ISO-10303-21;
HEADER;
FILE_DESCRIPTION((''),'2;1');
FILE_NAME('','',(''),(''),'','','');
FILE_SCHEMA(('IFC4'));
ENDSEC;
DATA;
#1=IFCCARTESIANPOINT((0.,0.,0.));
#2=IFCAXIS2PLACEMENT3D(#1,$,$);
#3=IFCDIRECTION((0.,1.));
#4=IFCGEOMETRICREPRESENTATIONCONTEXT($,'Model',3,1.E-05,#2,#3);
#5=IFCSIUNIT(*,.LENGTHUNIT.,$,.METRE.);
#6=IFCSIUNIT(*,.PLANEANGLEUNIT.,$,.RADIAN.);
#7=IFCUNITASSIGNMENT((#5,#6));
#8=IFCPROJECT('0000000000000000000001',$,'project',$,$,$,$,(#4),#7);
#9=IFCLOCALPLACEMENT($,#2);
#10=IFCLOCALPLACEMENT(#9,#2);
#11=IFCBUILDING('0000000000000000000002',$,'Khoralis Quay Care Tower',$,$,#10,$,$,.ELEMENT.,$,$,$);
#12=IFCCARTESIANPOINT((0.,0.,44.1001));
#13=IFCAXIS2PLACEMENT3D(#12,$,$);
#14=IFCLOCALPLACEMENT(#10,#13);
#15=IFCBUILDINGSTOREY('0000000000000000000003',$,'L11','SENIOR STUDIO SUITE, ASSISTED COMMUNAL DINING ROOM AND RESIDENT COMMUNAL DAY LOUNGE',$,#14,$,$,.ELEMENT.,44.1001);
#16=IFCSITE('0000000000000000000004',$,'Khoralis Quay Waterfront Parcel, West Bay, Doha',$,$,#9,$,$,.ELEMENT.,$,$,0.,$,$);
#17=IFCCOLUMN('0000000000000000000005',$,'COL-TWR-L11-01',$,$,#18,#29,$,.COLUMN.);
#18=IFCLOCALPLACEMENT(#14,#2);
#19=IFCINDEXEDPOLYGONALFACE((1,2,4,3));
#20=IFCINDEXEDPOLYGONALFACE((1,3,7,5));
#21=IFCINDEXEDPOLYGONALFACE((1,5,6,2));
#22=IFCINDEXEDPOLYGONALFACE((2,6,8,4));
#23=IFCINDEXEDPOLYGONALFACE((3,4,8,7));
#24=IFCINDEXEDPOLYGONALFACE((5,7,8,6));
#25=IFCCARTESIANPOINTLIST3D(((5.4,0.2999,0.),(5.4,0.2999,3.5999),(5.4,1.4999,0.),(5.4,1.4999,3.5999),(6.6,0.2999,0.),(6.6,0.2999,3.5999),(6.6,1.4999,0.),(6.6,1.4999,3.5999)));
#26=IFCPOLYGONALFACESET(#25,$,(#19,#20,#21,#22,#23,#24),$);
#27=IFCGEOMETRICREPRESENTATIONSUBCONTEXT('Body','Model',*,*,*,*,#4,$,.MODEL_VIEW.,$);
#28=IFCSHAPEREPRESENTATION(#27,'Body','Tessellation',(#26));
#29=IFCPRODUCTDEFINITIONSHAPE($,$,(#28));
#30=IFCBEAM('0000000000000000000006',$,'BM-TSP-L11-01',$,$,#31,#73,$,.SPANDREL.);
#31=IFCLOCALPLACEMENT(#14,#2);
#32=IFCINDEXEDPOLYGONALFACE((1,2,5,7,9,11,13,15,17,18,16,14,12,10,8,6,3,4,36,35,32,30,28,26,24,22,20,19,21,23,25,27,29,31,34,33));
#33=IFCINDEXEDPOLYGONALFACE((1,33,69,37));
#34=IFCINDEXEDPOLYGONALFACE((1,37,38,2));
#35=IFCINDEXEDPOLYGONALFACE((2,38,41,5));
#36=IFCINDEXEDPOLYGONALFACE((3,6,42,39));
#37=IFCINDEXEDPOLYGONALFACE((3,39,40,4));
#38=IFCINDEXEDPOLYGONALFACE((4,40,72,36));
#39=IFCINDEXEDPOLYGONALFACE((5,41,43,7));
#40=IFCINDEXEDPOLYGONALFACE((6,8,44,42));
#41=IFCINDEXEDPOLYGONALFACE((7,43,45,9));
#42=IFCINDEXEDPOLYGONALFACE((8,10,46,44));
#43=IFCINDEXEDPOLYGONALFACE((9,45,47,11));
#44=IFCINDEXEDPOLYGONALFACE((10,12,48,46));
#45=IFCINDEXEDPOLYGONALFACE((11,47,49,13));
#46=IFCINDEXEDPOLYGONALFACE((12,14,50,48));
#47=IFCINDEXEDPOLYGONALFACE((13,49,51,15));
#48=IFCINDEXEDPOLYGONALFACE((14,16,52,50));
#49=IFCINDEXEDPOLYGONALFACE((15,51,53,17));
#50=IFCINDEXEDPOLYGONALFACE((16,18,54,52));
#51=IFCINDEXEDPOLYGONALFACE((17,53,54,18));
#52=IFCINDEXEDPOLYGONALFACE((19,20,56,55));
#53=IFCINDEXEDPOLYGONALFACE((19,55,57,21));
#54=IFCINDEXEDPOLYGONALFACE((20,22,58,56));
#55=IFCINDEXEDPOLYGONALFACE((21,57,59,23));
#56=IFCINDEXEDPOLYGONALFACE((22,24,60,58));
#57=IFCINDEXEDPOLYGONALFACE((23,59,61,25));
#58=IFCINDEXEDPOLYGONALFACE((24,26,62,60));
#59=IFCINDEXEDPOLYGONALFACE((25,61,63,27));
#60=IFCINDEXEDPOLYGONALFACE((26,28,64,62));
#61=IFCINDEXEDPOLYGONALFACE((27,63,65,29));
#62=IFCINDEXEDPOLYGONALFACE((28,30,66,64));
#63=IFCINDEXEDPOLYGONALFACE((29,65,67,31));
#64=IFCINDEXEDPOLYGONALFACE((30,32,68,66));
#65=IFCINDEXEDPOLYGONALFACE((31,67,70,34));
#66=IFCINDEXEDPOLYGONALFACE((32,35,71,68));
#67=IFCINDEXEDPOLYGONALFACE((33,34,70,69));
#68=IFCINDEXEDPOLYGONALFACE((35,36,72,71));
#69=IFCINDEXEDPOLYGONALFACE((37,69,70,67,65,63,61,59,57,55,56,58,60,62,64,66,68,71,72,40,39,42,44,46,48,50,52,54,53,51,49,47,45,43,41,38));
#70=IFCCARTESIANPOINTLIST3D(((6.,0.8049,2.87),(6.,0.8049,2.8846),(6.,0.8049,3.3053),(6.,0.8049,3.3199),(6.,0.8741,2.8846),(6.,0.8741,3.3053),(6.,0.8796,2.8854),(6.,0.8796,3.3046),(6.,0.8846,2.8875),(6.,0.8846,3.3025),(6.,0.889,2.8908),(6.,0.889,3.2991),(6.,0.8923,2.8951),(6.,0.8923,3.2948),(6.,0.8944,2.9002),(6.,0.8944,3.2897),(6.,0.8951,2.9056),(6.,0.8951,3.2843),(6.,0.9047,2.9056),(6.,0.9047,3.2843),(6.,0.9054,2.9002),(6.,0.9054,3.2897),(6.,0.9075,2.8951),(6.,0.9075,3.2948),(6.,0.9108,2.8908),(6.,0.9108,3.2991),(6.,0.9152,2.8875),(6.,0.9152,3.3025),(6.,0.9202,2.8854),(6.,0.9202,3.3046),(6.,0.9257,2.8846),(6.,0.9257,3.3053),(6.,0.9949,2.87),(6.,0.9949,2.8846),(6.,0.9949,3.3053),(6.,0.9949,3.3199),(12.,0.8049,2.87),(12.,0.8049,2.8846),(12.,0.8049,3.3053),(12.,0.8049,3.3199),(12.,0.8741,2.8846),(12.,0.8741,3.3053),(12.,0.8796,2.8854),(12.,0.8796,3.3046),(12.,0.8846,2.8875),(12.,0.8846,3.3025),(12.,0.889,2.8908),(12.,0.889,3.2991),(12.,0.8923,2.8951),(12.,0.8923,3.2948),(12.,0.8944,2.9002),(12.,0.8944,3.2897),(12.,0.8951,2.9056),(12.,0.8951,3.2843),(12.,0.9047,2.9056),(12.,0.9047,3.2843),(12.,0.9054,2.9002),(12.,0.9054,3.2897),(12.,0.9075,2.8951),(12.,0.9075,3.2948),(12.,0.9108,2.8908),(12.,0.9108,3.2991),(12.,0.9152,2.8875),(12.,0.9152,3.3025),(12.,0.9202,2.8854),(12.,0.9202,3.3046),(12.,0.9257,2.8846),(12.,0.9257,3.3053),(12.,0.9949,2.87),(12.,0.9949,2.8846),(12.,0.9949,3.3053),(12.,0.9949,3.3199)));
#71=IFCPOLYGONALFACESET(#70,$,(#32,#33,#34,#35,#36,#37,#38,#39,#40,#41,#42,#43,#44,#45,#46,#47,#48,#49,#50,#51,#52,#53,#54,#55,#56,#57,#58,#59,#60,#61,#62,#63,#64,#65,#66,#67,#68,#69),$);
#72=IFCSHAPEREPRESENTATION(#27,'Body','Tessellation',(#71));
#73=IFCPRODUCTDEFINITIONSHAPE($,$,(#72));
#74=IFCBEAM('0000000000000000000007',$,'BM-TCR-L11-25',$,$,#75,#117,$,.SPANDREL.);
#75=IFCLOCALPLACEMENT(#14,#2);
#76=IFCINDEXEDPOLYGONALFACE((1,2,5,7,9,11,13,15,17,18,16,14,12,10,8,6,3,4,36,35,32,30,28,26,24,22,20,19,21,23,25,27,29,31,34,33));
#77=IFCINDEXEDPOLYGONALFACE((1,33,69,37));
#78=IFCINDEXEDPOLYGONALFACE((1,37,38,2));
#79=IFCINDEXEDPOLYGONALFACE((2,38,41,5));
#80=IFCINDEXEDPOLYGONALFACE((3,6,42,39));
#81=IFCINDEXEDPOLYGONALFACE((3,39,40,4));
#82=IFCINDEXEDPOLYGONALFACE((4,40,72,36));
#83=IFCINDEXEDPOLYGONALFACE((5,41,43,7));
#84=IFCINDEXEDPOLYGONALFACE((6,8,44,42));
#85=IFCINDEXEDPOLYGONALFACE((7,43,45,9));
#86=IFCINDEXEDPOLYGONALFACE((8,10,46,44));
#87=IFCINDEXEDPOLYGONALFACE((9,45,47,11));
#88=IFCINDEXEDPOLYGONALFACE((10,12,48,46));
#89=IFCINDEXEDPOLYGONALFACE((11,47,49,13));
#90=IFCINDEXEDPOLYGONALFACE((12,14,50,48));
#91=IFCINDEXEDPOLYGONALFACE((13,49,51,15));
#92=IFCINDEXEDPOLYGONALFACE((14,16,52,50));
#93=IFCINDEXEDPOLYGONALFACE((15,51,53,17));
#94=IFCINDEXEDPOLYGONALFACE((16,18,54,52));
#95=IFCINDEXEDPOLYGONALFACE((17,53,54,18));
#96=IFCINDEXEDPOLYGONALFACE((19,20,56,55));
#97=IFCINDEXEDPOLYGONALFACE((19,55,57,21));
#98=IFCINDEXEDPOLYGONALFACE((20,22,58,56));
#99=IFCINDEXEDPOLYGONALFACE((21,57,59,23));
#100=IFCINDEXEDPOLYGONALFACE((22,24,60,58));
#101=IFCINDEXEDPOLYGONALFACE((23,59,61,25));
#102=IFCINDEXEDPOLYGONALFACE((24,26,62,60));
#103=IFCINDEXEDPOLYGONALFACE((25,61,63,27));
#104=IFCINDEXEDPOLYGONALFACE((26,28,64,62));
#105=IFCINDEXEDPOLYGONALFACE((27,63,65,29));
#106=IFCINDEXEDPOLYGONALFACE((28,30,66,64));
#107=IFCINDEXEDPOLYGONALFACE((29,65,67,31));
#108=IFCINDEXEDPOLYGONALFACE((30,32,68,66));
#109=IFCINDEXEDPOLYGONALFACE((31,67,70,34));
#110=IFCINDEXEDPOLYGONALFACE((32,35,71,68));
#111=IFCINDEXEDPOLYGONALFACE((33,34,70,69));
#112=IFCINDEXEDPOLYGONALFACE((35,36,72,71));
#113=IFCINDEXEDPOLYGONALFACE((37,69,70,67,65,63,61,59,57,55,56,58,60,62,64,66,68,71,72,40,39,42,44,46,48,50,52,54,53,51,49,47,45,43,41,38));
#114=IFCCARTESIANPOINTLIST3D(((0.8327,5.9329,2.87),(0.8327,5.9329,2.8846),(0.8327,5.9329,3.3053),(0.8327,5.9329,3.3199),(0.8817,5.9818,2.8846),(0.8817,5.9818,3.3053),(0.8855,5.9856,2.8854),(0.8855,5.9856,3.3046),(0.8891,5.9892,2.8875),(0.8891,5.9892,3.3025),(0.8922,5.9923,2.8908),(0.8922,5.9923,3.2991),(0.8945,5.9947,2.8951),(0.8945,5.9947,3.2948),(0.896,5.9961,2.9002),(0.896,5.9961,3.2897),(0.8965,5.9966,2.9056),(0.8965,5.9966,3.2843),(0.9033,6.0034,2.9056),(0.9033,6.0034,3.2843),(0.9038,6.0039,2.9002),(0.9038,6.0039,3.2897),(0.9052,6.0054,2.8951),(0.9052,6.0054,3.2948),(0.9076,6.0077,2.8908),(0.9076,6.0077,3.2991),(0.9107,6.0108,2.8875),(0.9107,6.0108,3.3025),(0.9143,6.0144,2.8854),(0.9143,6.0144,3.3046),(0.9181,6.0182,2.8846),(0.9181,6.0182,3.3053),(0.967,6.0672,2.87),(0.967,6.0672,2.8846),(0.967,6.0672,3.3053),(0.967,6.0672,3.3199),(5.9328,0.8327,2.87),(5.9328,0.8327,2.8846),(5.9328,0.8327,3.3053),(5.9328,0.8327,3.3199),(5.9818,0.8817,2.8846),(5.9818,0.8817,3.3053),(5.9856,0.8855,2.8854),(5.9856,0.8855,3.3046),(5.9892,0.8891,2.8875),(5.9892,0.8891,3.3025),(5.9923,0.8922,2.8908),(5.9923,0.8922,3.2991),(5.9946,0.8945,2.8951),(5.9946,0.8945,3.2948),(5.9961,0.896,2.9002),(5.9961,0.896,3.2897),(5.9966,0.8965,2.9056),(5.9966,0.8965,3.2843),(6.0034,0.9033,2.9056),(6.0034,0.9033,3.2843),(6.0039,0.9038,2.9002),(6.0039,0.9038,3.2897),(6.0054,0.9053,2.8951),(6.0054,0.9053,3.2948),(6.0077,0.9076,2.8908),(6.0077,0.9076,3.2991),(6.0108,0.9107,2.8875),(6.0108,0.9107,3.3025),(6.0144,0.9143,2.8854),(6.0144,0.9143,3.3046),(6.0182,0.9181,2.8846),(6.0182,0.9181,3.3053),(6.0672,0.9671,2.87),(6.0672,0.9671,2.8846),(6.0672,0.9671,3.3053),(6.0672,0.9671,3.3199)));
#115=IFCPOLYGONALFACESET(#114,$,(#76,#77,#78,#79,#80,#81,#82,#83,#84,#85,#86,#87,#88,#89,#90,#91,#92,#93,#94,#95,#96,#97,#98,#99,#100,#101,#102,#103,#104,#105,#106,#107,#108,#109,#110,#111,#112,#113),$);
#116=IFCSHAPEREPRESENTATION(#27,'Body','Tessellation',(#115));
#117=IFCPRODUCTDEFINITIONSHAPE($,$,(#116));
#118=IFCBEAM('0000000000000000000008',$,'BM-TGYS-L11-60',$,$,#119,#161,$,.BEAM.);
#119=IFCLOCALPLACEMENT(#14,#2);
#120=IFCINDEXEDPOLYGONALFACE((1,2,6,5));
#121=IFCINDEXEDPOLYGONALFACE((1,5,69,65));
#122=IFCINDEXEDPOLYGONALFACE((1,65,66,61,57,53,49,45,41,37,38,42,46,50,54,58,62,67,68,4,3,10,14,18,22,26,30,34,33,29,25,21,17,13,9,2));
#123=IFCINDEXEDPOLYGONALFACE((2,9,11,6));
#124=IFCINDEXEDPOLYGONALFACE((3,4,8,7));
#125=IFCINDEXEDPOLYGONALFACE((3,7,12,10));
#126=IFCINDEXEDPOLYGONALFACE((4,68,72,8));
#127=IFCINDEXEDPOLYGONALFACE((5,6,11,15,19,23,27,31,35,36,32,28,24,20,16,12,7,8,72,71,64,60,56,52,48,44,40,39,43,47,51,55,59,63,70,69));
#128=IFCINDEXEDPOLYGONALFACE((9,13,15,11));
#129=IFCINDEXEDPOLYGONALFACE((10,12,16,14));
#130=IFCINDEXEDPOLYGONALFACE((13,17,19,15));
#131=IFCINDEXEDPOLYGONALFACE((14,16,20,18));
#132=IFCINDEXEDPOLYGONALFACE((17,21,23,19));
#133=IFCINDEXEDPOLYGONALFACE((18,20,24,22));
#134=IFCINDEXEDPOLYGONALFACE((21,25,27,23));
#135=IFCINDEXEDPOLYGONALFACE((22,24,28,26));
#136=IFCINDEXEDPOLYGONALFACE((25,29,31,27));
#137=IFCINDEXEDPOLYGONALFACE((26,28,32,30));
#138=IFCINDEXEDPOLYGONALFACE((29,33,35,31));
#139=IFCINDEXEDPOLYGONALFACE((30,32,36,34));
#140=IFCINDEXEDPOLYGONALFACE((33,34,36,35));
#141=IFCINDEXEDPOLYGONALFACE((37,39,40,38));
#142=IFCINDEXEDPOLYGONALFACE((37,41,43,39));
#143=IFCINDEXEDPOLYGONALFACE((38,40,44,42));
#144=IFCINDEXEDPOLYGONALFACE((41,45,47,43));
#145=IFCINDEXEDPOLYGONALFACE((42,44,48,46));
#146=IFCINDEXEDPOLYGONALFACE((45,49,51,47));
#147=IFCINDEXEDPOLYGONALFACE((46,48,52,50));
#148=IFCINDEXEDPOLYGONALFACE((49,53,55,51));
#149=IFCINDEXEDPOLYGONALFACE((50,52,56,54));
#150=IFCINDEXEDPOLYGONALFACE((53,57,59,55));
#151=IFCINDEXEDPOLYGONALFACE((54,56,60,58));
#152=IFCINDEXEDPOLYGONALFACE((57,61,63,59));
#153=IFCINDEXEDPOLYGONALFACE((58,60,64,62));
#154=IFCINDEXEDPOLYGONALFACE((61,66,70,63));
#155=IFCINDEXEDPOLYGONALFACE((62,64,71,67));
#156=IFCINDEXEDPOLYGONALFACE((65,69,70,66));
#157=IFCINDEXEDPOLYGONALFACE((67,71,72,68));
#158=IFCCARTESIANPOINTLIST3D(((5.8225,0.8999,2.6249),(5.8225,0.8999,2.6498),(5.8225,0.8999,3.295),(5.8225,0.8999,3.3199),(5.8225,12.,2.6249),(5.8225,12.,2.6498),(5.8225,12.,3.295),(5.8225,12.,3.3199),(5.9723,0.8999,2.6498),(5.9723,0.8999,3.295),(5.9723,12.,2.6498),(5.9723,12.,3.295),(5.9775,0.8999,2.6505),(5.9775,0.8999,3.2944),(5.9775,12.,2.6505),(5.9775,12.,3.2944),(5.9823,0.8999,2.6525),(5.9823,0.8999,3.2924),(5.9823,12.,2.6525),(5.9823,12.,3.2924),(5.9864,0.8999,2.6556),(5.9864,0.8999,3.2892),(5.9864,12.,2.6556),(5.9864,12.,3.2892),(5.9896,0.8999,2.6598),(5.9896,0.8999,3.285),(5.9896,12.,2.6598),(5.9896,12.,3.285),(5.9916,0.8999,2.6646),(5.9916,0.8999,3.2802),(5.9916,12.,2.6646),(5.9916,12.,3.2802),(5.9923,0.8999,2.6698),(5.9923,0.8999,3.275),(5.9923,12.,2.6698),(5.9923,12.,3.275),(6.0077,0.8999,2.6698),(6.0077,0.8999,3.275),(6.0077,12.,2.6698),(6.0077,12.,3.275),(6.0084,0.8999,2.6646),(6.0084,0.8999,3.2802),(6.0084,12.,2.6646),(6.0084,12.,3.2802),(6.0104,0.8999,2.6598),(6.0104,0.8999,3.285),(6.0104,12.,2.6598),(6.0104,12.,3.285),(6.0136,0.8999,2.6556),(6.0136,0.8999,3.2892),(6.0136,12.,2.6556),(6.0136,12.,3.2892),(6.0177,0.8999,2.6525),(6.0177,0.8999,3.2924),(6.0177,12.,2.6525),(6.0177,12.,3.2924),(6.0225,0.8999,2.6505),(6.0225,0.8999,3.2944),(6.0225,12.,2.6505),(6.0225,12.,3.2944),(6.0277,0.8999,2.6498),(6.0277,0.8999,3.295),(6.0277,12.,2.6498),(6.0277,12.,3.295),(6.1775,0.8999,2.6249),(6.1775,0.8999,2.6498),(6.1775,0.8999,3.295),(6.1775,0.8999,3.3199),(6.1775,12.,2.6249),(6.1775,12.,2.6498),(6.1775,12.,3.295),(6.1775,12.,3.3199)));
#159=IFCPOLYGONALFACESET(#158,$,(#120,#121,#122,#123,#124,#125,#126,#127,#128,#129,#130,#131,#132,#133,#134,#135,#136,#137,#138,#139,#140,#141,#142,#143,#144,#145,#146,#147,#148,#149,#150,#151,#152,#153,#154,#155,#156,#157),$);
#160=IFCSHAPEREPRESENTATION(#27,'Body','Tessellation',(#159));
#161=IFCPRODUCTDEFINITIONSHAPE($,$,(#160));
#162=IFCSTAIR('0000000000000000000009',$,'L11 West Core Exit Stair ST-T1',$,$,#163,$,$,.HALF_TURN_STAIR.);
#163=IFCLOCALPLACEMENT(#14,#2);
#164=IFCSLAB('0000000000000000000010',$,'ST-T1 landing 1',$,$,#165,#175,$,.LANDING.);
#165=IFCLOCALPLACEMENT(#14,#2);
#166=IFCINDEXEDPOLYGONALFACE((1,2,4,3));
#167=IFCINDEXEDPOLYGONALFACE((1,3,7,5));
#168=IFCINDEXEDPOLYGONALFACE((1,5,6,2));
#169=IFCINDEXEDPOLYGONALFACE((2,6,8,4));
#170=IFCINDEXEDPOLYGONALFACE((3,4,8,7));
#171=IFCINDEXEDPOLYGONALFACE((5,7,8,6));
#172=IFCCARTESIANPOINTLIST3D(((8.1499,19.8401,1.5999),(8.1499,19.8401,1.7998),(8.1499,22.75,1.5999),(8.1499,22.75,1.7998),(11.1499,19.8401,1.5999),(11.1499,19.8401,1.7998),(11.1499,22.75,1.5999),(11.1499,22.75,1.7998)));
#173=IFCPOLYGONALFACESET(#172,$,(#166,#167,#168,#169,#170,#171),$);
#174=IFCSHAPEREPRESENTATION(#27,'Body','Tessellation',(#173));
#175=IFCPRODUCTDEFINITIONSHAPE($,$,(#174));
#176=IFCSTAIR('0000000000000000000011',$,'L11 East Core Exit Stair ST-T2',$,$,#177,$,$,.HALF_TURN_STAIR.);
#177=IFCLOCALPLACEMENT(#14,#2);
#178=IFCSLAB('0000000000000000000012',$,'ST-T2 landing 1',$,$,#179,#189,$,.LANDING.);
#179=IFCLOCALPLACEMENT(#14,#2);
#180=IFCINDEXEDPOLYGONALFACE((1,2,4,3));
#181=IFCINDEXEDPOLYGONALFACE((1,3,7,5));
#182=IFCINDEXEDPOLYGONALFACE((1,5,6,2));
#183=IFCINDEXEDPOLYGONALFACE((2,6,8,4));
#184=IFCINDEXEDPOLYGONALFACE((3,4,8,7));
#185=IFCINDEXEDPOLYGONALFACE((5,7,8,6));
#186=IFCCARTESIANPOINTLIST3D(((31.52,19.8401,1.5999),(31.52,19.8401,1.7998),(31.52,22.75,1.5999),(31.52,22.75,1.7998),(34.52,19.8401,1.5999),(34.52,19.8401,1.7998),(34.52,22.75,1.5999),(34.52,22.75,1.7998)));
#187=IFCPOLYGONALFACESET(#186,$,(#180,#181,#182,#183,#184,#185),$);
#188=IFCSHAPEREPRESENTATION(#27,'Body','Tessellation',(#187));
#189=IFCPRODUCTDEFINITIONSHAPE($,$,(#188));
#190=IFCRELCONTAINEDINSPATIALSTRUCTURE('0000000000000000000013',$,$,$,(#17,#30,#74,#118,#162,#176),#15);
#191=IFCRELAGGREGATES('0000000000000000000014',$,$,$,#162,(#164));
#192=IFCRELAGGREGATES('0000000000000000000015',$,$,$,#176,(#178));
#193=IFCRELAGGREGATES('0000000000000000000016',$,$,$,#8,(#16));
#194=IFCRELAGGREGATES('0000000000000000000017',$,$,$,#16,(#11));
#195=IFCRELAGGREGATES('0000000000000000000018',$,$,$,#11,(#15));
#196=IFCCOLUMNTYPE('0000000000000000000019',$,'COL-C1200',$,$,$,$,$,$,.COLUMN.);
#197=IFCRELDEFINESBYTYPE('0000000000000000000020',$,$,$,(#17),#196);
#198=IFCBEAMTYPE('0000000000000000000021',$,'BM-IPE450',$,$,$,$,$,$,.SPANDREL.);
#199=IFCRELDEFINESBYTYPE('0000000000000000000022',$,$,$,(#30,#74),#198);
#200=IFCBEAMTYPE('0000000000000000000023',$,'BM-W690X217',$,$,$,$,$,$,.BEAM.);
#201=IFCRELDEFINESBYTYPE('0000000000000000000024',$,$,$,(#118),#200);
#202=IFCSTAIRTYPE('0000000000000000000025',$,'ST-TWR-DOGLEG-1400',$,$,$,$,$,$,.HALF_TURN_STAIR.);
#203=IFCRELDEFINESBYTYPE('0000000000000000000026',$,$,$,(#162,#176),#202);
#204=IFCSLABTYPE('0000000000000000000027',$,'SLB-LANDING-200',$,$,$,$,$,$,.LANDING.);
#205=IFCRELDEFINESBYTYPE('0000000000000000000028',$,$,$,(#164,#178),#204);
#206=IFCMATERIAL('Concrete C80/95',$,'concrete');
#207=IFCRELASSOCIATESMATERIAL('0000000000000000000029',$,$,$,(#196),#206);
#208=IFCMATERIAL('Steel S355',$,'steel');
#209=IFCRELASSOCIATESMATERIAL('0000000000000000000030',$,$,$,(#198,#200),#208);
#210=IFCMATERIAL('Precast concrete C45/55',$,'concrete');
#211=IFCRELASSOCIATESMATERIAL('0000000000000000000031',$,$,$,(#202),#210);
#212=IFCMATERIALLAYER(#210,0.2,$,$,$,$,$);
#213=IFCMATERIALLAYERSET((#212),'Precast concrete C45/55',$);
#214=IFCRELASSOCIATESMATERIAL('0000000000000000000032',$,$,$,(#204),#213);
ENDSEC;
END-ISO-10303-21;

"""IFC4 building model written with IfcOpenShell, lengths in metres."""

from ifc_helpers import new_model, si_unit, direction, frame, origin, origin_2d, place, context, subcontext, project, spatial, polyline, rectangle, i_section, outline, extrude, source, transform, mapped, material, layer, layer_set, material_profile, profile_set, type_object, element, aggregate, save


model = new_model("IFC4")

# Units and contexts
model_context = context("Model", 3, precision=1e-05, world=origin(), true_north=direction((0.0, 1.0)))
body_context = subcontext(model_context, "Body", "Model", "MODEL_VIEW")
ifc_project = project(units=[si_unit("LENGTHUNIT", "METRE"), si_unit("PLANEANGLEUNIT", "RADIAN")], contexts=[model_context])

# Site, building, storey
site_placement = place(None, origin())
site = spatial("IfcSite", under=ifc_project, at=site_placement, Name="Khoralis Quay Waterfront Parcel, West Bay, Doha", CompositionType="ELEMENT", RefElevation=0.0)
building_placement = place(site_placement, origin())
building = spatial("IfcBuilding", under=site, at=building_placement, Name="Khoralis Quay Care Tower", CompositionType="ELEMENT")
storey_placement = place(building_placement, frame((0.0, 0.0, 44.1001)))
storey = spatial("IfcBuildingStorey", under=building, at=storey_placement, Name="L11", Description="SENIOR STUDIO SUITE, ASSISTED COMMUNAL DINING ROOM AND RESIDENT COMMUNAL DAY LOUNGE", CompositionType="ELEMENT", Elevation=44.1001)

# Column
ifc_material_1 = material(Name="Concrete C80/95", Category="concrete")
ifc_material_profile_1 = material_profile(ifc_material_1, rectangle(XDim=1.2, YDim=1.2, at=origin_2d()), Name="Concrete C80/95")
ifc_profile_set_1 = profile_set([ifc_material_profile_1], Name="Concrete C80/95")
column_type = type_object("IfcColumnType", Name="COL-C1200", PredefinedType="COLUMN", material=ifc_profile_set_1)
shared_shape_1 = source(origin(), body_context, "Body", "SweptSolid", [
    extrude(rectangle(XDim=1.2, YDim=1.2, at=origin_2d()), origin(), (0.0, 0.0, 1.0), 3.5999),
])
column_placement = place(storey_placement, frame((6.0, 0.8999, 0.0), z_axis=(0.0, 0.0, 1.0), x_axis=(1.0, 0.0, 0.0)))
element("IfcColumn", 1, at=column_placement, inside=storey, type_object=column_type, Name="COL-TWR-L11-01", PredefinedType="COLUMN", context=body_context, shape_type="MappedRepresentation", body=[
    mapped(shared_shape_1, transform((0.0, 0.0, 0.0), scale=1.0)),
])

# Beams
ifc_material_2 = material(Name="Steel S355", Category="steel")
ifc_material_profile_2 = material_profile(ifc_material_2, i_section(OverallWidth=0.1899, OverallDepth=0.45, WebThickness=0.0095, FlangeThickness=0.0146, FilletRadius=0.021, at=origin_2d()), Name="Steel S355")
ifc_profile_set_2 = profile_set([ifc_material_profile_2], Name="Steel S355")
beam_type_1 = type_object("IfcBeamType", Name="BM-IPE450", PredefinedType="SPANDREL", material=ifc_profile_set_2)
shared_shape_2 = source(origin(), body_context, "Body", "SweptSolid", [
    extrude(i_section(OverallWidth=0.1899, OverallDepth=0.45, WebThickness=0.0095, FlangeThickness=0.0146, FilletRadius=0.021, at=origin_2d()), origin(), (0.0, 0.0, 1.0), 6.0),
])
beam_1_placement = place(storey_placement, frame((6.0, 0.8999, 3.095), z_axis=(1.0, 0.0, 0.0), x_axis=(0.0, 1.0, 0.0)))
element("IfcBeam", 2, at=beam_1_placement, inside=storey, type_object=beam_type_1, Name="BM-TSP-L11-01", PredefinedType="SPANDREL", context=body_context, shape_type="MappedRepresentation", body=[
    mapped(shared_shape_2, transform((0.0, 0.0, 0.0), scale=1.0)),
])
shared_shape_3 = source(origin(), body_context, "Body", "SweptSolid", [
    extrude(i_section(OverallWidth=0.1899, OverallDepth=0.45, WebThickness=0.0095, FlangeThickness=0.0146, FilletRadius=0.021, at=origin_2d()), origin(), (0.0, 0.0, 1.0), 7.2126),
])
beam_2_placement = place(storey_placement, frame((6.0, 0.8999, 3.095), z_axis=(-0.707107, 0.707107, 0.0), x_axis=(-0.707107, -0.707107, 0.0)))
element("IfcBeam", 3, at=beam_2_placement, inside=storey, type_object=beam_type_1, Name="BM-TCR-L11-25", PredefinedType="SPANDREL", context=body_context, shape_type="MappedRepresentation", body=[
    mapped(shared_shape_3, transform((0.0, 0.0, 0.0), scale=1.0)),
])
ifc_material_profile_3 = material_profile(ifc_material_2, i_section(OverallWidth=0.355, OverallDepth=0.6951, WebThickness=0.0154, FlangeThickness=0.0249, FilletRadius=0.02, at=origin_2d()), Name="Steel S355")
ifc_profile_set_3 = profile_set([ifc_material_profile_3], Name="Steel S355")
beam_type_2 = type_object("IfcBeamType", Name="BM-W690X217", PredefinedType="BEAM", material=ifc_profile_set_3)
shared_shape_4 = source(origin(), body_context, "Body", "SweptSolid", [
    extrude(i_section(OverallWidth=0.355, OverallDepth=0.6951, WebThickness=0.0154, FlangeThickness=0.0249, FilletRadius=0.02, at=origin_2d()), origin(), (0.0, 0.0, 1.0), 11.1001),
])
beam_3_placement = place(storey_placement, frame((6.0, 0.8999, 2.9724), z_axis=(0.0, 1.0, 0.0), x_axis=(-1.0, 0.0, 0.0)))
element("IfcBeam", 4, at=beam_3_placement, inside=storey, type_object=beam_type_2, Name="BM-TGYS-L11-60", PredefinedType="BEAM", context=body_context, shape_type="MappedRepresentation", body=[
    mapped(shared_shape_4, transform((0.0, 0.0, 0.0), scale=1.0)),
])

# Stairs, slabs
ifc_material_3 = material(Name="Precast concrete C45/55", Category="concrete")
stair_type = type_object("IfcStairType", Name="ST-TWR-DOGLEG-1400", PredefinedType="HALF_TURN_STAIR", material=ifc_material_3)
stair_1_placement = place(storey_placement, origin())
stair_1 = element("IfcStair", 5, at=stair_1_placement, inside=storey, type_object=stair_type, Name="L11 West Core Exit Stair ST-T1", PredefinedType="HALF_TURN_STAIR")
ifc_layer_1 = layer(ifc_material_3, 0.2)
ifc_layer_set_1 = layer_set([ifc_layer_1], Name="Precast concrete C45/55")
slab_type_1 = type_object("IfcSlabType", Name="SLB-LANDING-200", PredefinedType="LANDING", material=ifc_layer_set_1)
slab_1_placement = place(storey_placement, frame((0.0, 0.0, 1.5999)))
slab_1 = element("IfcSlab", 6, at=slab_1_placement, type_object=slab_type_1, Name="ST-T1 landing 1", PredefinedType="LANDING", context=body_context, shape_type="SweptSolid", body=[
    extrude(outline(polyline([(11.1499, 19.8401), (11.1499, 22.75), (8.1499, 22.75), (8.1499, 19.8401), (11.1499, 19.8401)])), origin(), (0.0, 0.0, 1.0), 0.2),
])
aggregate(stair_1, [slab_1])
stair_2_placement = place(storey_placement, origin())
stair_2 = element("IfcStair", 7, at=stair_2_placement, inside=storey, type_object=stair_type, Name="L11 East Core Exit Stair ST-T2", PredefinedType="HALF_TURN_STAIR")
slab_2_placement = place(storey_placement, frame((0.0, 0.0, 1.5999)))
slab_2 = element("IfcSlab", 8, at=slab_2_placement, type_object=slab_type_1, Name="ST-T2 landing 1", PredefinedType="LANDING", context=body_context, shape_type="SweptSolid", body=[
    extrude(outline(polyline([(34.52, 19.8401), (34.52, 22.75), (31.52, 22.75), (31.52, 19.8401), (34.52, 19.8401)])), origin(), (0.0, 0.0, 1.0), 0.2),
])
aggregate(stair_2, [slab_2])

save(model, "model.ifc")
